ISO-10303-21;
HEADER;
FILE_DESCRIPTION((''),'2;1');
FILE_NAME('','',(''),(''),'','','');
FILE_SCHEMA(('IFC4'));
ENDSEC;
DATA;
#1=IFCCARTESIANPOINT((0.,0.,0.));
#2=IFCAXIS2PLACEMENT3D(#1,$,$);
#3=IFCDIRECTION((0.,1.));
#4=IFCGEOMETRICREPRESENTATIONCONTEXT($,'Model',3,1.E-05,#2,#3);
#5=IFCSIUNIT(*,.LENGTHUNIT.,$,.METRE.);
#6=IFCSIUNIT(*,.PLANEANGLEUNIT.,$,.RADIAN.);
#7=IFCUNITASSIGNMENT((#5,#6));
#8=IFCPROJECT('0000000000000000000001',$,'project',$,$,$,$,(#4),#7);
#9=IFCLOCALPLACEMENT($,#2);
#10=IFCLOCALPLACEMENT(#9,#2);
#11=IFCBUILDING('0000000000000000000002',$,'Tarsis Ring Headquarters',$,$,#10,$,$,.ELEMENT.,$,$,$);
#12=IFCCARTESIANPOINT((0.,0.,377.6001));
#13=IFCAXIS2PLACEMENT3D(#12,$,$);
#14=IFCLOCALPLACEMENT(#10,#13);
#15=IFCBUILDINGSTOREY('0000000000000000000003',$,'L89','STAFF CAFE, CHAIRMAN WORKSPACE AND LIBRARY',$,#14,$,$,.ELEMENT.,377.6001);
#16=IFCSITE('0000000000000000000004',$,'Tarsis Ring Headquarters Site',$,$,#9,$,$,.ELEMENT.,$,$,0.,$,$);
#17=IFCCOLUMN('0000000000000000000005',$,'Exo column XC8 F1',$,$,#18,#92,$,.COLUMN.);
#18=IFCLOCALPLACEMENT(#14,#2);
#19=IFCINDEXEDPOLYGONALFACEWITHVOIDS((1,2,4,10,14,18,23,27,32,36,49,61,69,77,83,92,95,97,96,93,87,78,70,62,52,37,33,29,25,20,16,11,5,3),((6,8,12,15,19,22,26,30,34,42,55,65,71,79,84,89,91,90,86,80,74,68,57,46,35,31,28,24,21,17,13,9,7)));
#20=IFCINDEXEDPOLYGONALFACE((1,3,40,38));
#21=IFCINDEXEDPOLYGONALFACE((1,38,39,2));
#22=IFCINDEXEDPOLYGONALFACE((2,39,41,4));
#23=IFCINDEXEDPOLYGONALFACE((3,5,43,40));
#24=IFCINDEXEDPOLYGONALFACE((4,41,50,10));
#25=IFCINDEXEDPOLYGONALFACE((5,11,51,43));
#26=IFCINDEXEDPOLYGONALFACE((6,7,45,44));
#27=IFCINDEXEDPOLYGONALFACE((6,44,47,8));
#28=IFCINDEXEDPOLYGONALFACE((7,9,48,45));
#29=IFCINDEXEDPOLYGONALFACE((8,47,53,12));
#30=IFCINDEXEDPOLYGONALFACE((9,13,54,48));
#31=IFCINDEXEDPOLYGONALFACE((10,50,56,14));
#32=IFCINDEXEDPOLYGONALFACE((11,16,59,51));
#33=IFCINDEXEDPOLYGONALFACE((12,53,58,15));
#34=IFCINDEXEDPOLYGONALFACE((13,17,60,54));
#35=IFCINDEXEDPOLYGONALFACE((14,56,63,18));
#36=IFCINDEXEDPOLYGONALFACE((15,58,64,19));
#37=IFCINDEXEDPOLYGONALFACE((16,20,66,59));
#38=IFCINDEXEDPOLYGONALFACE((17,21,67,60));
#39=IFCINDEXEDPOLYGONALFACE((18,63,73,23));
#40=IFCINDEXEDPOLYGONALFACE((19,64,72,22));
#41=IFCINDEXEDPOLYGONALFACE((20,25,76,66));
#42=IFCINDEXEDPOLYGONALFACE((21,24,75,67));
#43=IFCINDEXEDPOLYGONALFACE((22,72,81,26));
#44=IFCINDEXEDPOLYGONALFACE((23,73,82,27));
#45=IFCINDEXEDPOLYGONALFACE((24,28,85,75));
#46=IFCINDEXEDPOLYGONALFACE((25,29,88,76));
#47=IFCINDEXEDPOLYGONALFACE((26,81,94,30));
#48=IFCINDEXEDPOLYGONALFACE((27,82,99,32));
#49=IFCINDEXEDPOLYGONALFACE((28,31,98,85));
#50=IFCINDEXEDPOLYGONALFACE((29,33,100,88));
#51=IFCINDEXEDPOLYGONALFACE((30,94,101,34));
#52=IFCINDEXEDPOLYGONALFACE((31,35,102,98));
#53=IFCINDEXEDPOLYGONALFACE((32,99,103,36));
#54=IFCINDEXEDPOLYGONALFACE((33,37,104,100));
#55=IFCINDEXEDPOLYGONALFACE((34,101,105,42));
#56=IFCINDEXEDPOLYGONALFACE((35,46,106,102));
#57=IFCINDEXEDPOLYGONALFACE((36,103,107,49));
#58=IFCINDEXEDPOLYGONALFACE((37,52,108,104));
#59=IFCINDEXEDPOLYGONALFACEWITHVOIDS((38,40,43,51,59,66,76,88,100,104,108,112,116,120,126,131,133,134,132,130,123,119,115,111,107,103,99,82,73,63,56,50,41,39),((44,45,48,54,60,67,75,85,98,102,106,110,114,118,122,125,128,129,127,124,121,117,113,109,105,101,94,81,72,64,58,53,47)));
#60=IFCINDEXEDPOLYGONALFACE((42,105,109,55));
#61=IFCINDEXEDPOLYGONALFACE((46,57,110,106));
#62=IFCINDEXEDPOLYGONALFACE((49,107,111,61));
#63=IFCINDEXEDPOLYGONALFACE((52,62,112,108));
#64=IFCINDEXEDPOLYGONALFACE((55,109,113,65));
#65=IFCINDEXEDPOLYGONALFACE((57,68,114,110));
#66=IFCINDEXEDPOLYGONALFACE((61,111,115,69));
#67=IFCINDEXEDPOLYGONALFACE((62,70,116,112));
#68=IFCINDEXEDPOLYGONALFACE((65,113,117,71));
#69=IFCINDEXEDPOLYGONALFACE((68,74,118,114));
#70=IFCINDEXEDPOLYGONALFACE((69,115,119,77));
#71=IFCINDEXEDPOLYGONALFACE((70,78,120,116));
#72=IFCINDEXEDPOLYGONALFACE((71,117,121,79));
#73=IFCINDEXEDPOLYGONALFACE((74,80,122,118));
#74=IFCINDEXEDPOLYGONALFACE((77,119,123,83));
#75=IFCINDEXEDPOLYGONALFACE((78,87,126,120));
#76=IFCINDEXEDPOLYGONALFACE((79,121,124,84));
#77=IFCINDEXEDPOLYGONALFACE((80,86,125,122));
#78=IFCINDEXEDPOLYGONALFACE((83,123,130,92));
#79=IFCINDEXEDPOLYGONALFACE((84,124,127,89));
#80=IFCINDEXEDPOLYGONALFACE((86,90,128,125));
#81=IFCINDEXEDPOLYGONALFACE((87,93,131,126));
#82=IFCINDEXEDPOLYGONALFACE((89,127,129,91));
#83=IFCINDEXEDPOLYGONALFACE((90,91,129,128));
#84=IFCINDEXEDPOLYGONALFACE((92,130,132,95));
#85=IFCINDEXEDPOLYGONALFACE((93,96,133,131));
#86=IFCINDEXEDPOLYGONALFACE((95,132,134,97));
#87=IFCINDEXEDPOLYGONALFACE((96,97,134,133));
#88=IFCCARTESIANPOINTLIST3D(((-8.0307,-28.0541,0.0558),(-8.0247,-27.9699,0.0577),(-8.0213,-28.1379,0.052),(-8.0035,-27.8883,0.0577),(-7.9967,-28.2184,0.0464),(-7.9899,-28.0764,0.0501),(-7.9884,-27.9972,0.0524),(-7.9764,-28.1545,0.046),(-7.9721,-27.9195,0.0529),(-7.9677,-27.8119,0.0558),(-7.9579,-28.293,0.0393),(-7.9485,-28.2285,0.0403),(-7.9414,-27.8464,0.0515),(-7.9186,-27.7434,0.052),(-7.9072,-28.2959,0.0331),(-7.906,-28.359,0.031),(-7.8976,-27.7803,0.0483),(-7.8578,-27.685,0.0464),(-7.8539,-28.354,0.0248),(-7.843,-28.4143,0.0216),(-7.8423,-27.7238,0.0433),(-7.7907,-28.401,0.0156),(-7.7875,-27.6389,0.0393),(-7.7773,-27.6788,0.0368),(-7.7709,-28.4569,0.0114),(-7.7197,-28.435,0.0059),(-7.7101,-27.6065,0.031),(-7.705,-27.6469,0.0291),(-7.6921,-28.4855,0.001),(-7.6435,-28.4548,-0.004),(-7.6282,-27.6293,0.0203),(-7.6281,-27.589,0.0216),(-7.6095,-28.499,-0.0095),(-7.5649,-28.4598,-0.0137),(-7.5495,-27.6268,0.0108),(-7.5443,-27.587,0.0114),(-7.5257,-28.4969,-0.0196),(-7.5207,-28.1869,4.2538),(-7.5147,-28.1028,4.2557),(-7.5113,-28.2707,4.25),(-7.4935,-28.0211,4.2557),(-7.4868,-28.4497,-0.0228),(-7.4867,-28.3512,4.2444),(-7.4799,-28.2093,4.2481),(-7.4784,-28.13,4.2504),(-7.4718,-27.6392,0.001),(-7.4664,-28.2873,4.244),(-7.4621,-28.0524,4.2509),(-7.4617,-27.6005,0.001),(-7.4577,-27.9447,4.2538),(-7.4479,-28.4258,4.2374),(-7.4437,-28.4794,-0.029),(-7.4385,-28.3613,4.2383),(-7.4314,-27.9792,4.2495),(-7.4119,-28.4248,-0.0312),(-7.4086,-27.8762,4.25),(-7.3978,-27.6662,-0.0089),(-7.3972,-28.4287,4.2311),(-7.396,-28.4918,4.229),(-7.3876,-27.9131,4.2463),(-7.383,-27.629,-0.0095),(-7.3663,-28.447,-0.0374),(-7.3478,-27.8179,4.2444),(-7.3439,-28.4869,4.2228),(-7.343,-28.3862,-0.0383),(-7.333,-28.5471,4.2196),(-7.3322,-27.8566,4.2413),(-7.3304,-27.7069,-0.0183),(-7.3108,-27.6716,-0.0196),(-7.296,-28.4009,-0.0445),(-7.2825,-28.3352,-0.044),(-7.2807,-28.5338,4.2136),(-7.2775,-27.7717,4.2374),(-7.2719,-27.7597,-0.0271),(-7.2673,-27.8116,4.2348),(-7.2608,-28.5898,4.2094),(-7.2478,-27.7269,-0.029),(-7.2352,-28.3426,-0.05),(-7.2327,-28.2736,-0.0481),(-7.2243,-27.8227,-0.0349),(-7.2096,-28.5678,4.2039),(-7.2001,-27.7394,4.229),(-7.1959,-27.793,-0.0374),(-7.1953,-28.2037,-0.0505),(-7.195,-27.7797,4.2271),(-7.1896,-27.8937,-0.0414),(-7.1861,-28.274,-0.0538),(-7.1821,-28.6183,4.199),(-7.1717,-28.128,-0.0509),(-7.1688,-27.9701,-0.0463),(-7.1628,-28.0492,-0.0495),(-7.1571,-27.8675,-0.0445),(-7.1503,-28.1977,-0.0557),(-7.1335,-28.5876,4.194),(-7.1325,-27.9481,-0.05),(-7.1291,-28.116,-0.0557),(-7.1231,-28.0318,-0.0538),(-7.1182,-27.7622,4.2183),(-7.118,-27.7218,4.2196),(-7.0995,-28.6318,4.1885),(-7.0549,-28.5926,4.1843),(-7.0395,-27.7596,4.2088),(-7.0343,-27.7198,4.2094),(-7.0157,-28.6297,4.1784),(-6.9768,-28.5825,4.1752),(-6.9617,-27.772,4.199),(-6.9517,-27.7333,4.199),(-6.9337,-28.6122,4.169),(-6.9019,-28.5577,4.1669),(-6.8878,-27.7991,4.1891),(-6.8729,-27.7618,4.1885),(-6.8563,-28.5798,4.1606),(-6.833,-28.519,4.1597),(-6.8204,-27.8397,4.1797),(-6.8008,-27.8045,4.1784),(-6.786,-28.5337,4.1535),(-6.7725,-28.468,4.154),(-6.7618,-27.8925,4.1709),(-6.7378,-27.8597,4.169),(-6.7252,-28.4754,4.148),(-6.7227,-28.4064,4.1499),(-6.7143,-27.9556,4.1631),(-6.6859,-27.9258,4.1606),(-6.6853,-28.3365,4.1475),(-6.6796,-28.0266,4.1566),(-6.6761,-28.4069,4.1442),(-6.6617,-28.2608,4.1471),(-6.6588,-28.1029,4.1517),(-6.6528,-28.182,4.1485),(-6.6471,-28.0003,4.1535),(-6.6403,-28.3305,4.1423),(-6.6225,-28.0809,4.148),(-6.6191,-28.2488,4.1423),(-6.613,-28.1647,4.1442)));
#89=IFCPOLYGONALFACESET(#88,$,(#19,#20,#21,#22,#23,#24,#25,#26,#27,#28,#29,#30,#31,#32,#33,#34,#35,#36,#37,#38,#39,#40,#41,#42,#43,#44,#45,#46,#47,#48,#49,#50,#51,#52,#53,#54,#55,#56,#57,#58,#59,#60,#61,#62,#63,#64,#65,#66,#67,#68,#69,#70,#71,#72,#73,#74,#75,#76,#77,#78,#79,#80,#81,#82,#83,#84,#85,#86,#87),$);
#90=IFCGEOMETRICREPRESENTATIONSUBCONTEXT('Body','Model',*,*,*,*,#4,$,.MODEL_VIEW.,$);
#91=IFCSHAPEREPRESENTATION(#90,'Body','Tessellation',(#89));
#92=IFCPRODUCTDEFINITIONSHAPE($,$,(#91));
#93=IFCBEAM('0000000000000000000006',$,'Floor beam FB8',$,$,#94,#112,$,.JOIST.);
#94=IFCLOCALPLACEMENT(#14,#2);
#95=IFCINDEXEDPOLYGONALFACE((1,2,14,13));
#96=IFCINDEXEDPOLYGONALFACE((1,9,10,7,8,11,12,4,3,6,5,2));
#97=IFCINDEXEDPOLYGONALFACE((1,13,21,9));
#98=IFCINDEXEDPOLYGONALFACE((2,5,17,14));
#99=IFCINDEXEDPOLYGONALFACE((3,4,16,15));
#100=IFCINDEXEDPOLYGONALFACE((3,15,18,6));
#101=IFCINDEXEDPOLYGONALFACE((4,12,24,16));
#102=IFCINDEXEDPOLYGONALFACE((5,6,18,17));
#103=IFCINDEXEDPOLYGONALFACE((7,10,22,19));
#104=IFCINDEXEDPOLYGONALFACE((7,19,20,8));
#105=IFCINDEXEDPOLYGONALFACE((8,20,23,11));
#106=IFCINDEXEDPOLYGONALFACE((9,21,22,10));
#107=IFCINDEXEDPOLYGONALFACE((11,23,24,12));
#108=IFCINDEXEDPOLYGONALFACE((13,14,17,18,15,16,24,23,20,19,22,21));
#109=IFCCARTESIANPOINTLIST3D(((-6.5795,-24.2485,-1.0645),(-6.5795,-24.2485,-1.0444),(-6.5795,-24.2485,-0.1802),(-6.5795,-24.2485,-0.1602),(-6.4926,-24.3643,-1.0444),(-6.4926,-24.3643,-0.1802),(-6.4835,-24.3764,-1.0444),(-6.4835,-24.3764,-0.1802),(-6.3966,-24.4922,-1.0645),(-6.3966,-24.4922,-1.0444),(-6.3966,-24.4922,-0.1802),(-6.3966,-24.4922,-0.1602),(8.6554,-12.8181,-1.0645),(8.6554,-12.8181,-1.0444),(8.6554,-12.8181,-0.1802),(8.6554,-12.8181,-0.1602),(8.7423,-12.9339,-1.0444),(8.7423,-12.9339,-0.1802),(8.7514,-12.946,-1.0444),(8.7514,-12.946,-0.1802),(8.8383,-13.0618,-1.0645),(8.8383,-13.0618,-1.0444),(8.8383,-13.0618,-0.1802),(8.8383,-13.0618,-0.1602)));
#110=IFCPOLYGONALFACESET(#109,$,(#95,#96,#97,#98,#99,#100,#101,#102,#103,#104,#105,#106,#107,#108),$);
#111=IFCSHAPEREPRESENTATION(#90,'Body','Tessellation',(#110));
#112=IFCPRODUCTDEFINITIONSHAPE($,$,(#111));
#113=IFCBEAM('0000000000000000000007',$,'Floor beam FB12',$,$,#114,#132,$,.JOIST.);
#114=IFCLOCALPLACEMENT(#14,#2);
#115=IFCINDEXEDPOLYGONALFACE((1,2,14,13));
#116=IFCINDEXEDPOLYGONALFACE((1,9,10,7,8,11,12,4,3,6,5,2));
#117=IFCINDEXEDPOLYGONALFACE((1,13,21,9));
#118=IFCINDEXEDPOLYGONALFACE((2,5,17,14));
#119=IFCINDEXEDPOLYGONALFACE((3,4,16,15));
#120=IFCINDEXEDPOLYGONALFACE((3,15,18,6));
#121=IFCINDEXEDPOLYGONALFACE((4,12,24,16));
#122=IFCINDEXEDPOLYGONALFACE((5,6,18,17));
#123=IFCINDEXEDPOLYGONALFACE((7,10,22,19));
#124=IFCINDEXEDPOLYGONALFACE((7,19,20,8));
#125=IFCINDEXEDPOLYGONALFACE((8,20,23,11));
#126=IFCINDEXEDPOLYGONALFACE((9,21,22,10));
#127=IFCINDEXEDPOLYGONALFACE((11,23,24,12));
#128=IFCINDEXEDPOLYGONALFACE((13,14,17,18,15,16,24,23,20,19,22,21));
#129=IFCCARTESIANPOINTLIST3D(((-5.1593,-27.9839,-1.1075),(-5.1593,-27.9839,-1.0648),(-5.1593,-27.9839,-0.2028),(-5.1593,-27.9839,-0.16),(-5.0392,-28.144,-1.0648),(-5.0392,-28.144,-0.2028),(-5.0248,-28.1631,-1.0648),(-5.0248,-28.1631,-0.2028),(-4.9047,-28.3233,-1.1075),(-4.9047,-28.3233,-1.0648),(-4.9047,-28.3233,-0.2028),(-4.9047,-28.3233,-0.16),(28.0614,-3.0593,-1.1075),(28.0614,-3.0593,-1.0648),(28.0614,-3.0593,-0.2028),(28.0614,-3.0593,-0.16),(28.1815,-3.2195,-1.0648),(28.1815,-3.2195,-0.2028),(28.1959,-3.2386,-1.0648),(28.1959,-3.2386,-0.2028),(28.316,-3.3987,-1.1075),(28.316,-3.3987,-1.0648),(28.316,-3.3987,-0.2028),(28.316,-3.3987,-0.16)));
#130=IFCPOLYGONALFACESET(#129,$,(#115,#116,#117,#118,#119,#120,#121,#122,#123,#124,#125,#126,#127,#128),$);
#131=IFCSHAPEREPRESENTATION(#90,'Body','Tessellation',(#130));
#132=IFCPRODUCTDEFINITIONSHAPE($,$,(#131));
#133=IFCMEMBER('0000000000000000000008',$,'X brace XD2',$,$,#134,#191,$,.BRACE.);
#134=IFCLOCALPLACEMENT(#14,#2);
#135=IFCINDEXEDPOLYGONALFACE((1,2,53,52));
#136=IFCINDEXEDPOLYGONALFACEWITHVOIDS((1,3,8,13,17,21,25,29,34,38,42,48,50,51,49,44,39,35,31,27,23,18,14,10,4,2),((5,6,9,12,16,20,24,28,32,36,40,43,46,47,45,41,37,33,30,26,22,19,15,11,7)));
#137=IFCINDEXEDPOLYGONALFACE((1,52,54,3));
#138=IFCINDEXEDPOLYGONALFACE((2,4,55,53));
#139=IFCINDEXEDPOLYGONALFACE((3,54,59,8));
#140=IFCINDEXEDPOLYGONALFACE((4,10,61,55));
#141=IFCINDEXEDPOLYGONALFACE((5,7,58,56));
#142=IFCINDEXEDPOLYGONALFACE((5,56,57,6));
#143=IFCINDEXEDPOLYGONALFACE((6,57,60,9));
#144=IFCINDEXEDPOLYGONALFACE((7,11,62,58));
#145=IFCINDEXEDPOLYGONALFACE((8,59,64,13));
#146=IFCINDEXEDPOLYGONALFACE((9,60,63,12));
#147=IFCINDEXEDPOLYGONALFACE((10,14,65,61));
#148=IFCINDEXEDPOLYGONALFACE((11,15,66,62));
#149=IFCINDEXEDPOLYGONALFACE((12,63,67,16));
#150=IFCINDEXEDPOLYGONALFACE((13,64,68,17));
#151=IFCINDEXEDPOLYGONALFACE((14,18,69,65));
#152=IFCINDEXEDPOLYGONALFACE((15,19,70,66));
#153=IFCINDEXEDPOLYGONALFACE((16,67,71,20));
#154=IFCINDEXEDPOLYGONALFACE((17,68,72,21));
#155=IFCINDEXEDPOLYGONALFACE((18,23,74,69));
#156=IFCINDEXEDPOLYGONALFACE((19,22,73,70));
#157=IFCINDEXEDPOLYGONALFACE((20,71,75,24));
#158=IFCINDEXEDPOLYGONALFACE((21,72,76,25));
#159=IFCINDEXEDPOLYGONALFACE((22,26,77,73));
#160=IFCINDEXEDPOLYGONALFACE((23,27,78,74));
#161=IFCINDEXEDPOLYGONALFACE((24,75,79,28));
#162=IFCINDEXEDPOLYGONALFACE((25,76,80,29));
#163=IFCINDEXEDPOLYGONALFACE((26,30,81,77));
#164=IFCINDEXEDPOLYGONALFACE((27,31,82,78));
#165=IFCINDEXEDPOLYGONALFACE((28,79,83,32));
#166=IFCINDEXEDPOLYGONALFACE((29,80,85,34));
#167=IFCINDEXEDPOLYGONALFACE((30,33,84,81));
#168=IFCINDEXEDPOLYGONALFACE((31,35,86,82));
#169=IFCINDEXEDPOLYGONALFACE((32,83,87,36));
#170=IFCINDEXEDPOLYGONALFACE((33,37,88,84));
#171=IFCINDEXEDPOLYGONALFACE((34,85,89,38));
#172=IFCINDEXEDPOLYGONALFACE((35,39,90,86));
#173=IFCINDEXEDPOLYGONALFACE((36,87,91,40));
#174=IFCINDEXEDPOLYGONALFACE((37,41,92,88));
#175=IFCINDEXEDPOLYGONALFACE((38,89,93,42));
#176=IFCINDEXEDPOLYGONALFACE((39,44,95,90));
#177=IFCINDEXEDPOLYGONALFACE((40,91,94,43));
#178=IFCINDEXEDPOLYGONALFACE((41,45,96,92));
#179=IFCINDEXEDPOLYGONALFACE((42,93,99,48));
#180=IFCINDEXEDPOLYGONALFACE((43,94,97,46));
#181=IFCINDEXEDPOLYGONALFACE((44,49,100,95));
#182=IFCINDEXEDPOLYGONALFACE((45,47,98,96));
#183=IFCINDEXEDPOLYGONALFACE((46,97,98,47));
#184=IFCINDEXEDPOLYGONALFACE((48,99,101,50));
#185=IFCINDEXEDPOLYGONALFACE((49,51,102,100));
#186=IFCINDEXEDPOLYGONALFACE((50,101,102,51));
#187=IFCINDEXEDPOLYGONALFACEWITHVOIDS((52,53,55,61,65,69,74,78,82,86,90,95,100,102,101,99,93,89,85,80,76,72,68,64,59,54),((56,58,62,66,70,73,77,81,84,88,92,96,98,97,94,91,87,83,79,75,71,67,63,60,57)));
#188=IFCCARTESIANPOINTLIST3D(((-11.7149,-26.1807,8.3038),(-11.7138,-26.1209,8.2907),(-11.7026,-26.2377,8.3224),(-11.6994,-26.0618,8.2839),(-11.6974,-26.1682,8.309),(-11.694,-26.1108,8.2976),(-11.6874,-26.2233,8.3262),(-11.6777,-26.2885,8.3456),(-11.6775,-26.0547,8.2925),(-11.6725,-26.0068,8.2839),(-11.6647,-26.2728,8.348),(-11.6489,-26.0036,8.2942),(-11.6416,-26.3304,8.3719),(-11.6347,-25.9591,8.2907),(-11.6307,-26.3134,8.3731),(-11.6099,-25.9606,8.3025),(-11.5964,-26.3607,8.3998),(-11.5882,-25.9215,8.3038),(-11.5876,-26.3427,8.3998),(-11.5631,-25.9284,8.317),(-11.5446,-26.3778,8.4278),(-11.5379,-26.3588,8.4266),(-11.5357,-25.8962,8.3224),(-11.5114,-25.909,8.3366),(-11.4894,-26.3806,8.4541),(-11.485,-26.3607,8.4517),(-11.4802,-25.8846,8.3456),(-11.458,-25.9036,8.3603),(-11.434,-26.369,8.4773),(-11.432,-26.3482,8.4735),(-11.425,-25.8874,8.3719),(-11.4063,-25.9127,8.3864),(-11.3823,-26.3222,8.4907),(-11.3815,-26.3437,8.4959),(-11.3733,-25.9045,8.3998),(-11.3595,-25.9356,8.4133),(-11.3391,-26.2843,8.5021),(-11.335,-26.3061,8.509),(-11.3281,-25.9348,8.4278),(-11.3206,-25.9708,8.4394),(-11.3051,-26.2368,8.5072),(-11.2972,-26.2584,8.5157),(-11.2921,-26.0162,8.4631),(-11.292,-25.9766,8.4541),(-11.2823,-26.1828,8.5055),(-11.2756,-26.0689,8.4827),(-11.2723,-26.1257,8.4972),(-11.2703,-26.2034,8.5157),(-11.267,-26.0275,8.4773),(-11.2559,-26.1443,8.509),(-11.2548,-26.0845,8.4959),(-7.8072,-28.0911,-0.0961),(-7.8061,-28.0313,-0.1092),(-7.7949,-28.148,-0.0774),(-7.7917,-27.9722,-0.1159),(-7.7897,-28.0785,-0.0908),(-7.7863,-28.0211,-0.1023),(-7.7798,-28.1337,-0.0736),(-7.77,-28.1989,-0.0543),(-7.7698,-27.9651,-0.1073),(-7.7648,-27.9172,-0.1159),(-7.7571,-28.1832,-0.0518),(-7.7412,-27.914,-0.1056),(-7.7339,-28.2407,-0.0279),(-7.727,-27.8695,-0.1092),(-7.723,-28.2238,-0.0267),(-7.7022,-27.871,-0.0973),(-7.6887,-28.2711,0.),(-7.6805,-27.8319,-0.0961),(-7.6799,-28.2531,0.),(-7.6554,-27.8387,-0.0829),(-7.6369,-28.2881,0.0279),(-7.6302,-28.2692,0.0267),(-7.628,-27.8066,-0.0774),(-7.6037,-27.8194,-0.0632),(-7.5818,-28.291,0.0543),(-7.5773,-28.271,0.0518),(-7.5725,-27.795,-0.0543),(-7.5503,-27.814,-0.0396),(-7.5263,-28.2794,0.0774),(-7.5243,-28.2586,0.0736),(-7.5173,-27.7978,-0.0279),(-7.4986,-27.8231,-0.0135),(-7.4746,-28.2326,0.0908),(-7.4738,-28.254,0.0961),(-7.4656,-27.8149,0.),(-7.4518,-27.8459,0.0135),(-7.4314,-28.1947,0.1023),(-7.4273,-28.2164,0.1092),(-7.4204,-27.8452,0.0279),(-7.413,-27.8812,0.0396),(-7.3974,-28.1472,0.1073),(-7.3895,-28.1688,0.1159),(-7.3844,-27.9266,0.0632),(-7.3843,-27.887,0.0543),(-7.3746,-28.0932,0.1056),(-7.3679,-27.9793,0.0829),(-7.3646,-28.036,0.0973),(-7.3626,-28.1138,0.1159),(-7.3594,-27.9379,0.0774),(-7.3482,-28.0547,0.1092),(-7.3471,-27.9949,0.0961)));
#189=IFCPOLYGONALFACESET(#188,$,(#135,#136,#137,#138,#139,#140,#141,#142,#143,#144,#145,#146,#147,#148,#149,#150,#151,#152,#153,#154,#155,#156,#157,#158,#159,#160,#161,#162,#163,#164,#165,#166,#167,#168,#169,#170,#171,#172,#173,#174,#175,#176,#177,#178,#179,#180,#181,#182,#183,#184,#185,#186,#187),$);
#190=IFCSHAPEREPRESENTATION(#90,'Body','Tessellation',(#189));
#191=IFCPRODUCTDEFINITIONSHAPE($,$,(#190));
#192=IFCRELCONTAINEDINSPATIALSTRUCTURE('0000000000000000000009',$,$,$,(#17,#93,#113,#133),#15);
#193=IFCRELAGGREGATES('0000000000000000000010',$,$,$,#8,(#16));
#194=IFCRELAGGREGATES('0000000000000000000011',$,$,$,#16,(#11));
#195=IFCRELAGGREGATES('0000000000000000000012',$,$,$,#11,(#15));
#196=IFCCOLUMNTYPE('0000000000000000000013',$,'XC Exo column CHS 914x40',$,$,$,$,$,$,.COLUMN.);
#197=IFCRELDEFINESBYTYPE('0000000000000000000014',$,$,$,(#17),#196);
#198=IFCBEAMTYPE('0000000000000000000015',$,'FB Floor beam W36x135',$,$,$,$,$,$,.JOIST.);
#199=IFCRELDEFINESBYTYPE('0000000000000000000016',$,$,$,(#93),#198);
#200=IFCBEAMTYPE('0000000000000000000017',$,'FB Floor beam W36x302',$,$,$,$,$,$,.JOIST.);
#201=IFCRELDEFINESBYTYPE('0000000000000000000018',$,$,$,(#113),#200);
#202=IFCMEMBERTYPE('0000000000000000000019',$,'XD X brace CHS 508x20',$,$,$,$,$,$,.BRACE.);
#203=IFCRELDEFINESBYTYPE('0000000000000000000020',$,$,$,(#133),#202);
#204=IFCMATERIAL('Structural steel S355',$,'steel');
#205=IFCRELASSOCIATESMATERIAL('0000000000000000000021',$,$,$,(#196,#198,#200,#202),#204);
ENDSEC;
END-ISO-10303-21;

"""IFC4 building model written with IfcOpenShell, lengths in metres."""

from ifc_helpers import new_model, si_unit, direction, frame, origin, origin_2d, place, context, subcontext, project, spatial, hollow_circle, i_section, extrude, material, material_profile, profile_set, type_object, element, save


model = new_model("IFC4")

# Units and contexts
model_context = context("Model", 3, precision=1e-05, world=origin(), true_north=direction((0.0, 1.0)))
body_context = subcontext(model_context, "Body", "Model", "MODEL_VIEW")
ifc_project = project(units=[si_unit("LENGTHUNIT", "METRE"), si_unit("PLANEANGLEUNIT", "RADIAN")], contexts=[model_context])

# Site, building, storey
site_placement = place(None, origin())
site = spatial("IfcSite", under=ifc_project, at=site_placement, Name="Tarsis Ring Headquarters Site", CompositionType="ELEMENT", RefElevation=0.0)
building_placement = place(site_placement, origin())
building = spatial("IfcBuilding", under=site, at=building_placement, Name="Tarsis Ring Headquarters", CompositionType="ELEMENT")
storey_placement = place(building_placement, frame((0.0, 0.0, 377.6001)))
storey = spatial("IfcBuildingStorey", under=building, at=storey_placement, Name="L89", Description="STAFF CAFE, CHAIRMAN WORKSPACE AND LIBRARY", CompositionType="ELEMENT", Elevation=377.6001)

# Column
ifc_material_1 = material(Name="Structural steel S355", Category="steel")
ifc_material_profile_1 = material_profile(ifc_material_1, hollow_circle(Radius=0.457, WallThickness=0.04, at=origin_2d()), Name="CHS 914x40")
ifc_profile_set_1 = profile_set([ifc_material_profile_1], Name="Structural steel S355")
column_type = type_object("IfcColumnType", Name="XC Exo column CHS 914x40", PredefinedType="COLUMN", material=ifc_profile_set_1)
column_placement = place(storey_placement, frame((-7.5769, -28.043, 0.001), z_axis=(0.120543, -0.031391, 0.992212), x_axis=(0.252007, 0.967725, 0.0)))
element("IfcColumn", 1, at=column_placement, inside=storey, type_object=column_type, Name="Exo column XC8 F1", PredefinedType="COLUMN", context=body_context, shape_type="SweptSolid", body=[
    extrude(hollow_circle(Radius=0.4573, WallThickness=0.04, at=origin_2d()), origin(), (0.0, 0.0, 1.0), 4.231),
])

# Beams
ifc_material_profile_2 = material_profile(ifc_material_1, i_section(OverallWidth=0.3047, OverallDepth=0.9043, WebThickness=0.0151, FlangeThickness=0.02, at=origin_2d()), Name="W36x135")
ifc_profile_set_2 = profile_set([ifc_material_profile_2], Name="Structural steel S355")
beam_type_1 = type_object("IfcBeamType", Name="FB Floor beam W36x135", PredefinedType="JOIST", material=ifc_profile_set_2)
beam_1_placement = place(storey_placement, frame((-6.488, -24.3704, -0.6123), z_axis=(0.799892, 0.600144, 0.0), x_axis=(-0.600144, 0.799892, 0.0)))
element("IfcBeam", 2, at=beam_1_placement, inside=storey, type_object=beam_type_1, Name="Floor beam FB8", PredefinedType="JOIST", context=body_context, shape_type="SweptSolid", body=[
    extrude(i_section(OverallWidth=0.3047, OverallDepth=0.9043, WebThickness=0.0151, FlangeThickness=0.02, at=origin_2d()), origin(), (0.0, 0.0, 1.0), 19.0461),
])
ifc_material_profile_3 = material_profile(ifc_material_1, i_section(OverallWidth=0.4243, OverallDepth=0.9475, WebThickness=0.0239, FlangeThickness=0.0427, at=origin_2d()), Name="W36x302")
ifc_profile_set_3 = profile_set([ifc_material_profile_3], Name="Structural steel S355")
beam_type_2 = type_object("IfcBeamType", Name="FB Floor beam W36x302", PredefinedType="JOIST", material=ifc_profile_set_3)
beam_2_placement = place(storey_placement, frame((-5.032, -28.1536, -0.6338), z_axis=(0.799896, 0.600139, 0.0), x_axis=(-0.600139, 0.799896, 0.0)))
element("IfcBeam", 3, at=beam_2_placement, inside=storey, type_object=beam_type_2, Name="Floor beam FB12", PredefinedType="JOIST", context=body_context, shape_type="SweptSolid", body=[
    extrude(i_section(OverallWidth=0.4243, OverallDepth=0.9475, WebThickness=0.0239, FlangeThickness=0.0427, at=origin_2d()), origin(), (0.0, 0.0, 1.0), 41.5312),
])

# Member
ifc_material_profile_4 = material_profile(ifc_material_1, hollow_circle(Radius=0.2539, WallThickness=0.02, at=origin_2d()), Name="CHS 508x20")
ifc_profile_set_4 = profile_set([ifc_material_profile_4], Name="Structural steel S355")
member_type = type_object("IfcMemberType", Name="XD X brace CHS 508x20", PredefinedType="BRACE", material=ifc_profile_set_4)
member_placement = place(storey_placement, frame((-7.5771, -28.043, 0.0), z_axis=(-0.413109, 0.20196, 0.888005), x_axis=(-0.439203, -0.898388, 0.0)))
element("IfcMember", 4, at=member_placement, inside=storey, type_object=member_type, Name="X brace XD2", PredefinedType="BRACE", context=body_context, shape_type="SweptSolid", body=[
    extrude(hollow_circle(Radius=0.2539, WallThickness=0.02, at=origin_2d()), origin(), (0.0, 0.0, 1.0), 9.4592),
])

save(model, "model.ifc")
